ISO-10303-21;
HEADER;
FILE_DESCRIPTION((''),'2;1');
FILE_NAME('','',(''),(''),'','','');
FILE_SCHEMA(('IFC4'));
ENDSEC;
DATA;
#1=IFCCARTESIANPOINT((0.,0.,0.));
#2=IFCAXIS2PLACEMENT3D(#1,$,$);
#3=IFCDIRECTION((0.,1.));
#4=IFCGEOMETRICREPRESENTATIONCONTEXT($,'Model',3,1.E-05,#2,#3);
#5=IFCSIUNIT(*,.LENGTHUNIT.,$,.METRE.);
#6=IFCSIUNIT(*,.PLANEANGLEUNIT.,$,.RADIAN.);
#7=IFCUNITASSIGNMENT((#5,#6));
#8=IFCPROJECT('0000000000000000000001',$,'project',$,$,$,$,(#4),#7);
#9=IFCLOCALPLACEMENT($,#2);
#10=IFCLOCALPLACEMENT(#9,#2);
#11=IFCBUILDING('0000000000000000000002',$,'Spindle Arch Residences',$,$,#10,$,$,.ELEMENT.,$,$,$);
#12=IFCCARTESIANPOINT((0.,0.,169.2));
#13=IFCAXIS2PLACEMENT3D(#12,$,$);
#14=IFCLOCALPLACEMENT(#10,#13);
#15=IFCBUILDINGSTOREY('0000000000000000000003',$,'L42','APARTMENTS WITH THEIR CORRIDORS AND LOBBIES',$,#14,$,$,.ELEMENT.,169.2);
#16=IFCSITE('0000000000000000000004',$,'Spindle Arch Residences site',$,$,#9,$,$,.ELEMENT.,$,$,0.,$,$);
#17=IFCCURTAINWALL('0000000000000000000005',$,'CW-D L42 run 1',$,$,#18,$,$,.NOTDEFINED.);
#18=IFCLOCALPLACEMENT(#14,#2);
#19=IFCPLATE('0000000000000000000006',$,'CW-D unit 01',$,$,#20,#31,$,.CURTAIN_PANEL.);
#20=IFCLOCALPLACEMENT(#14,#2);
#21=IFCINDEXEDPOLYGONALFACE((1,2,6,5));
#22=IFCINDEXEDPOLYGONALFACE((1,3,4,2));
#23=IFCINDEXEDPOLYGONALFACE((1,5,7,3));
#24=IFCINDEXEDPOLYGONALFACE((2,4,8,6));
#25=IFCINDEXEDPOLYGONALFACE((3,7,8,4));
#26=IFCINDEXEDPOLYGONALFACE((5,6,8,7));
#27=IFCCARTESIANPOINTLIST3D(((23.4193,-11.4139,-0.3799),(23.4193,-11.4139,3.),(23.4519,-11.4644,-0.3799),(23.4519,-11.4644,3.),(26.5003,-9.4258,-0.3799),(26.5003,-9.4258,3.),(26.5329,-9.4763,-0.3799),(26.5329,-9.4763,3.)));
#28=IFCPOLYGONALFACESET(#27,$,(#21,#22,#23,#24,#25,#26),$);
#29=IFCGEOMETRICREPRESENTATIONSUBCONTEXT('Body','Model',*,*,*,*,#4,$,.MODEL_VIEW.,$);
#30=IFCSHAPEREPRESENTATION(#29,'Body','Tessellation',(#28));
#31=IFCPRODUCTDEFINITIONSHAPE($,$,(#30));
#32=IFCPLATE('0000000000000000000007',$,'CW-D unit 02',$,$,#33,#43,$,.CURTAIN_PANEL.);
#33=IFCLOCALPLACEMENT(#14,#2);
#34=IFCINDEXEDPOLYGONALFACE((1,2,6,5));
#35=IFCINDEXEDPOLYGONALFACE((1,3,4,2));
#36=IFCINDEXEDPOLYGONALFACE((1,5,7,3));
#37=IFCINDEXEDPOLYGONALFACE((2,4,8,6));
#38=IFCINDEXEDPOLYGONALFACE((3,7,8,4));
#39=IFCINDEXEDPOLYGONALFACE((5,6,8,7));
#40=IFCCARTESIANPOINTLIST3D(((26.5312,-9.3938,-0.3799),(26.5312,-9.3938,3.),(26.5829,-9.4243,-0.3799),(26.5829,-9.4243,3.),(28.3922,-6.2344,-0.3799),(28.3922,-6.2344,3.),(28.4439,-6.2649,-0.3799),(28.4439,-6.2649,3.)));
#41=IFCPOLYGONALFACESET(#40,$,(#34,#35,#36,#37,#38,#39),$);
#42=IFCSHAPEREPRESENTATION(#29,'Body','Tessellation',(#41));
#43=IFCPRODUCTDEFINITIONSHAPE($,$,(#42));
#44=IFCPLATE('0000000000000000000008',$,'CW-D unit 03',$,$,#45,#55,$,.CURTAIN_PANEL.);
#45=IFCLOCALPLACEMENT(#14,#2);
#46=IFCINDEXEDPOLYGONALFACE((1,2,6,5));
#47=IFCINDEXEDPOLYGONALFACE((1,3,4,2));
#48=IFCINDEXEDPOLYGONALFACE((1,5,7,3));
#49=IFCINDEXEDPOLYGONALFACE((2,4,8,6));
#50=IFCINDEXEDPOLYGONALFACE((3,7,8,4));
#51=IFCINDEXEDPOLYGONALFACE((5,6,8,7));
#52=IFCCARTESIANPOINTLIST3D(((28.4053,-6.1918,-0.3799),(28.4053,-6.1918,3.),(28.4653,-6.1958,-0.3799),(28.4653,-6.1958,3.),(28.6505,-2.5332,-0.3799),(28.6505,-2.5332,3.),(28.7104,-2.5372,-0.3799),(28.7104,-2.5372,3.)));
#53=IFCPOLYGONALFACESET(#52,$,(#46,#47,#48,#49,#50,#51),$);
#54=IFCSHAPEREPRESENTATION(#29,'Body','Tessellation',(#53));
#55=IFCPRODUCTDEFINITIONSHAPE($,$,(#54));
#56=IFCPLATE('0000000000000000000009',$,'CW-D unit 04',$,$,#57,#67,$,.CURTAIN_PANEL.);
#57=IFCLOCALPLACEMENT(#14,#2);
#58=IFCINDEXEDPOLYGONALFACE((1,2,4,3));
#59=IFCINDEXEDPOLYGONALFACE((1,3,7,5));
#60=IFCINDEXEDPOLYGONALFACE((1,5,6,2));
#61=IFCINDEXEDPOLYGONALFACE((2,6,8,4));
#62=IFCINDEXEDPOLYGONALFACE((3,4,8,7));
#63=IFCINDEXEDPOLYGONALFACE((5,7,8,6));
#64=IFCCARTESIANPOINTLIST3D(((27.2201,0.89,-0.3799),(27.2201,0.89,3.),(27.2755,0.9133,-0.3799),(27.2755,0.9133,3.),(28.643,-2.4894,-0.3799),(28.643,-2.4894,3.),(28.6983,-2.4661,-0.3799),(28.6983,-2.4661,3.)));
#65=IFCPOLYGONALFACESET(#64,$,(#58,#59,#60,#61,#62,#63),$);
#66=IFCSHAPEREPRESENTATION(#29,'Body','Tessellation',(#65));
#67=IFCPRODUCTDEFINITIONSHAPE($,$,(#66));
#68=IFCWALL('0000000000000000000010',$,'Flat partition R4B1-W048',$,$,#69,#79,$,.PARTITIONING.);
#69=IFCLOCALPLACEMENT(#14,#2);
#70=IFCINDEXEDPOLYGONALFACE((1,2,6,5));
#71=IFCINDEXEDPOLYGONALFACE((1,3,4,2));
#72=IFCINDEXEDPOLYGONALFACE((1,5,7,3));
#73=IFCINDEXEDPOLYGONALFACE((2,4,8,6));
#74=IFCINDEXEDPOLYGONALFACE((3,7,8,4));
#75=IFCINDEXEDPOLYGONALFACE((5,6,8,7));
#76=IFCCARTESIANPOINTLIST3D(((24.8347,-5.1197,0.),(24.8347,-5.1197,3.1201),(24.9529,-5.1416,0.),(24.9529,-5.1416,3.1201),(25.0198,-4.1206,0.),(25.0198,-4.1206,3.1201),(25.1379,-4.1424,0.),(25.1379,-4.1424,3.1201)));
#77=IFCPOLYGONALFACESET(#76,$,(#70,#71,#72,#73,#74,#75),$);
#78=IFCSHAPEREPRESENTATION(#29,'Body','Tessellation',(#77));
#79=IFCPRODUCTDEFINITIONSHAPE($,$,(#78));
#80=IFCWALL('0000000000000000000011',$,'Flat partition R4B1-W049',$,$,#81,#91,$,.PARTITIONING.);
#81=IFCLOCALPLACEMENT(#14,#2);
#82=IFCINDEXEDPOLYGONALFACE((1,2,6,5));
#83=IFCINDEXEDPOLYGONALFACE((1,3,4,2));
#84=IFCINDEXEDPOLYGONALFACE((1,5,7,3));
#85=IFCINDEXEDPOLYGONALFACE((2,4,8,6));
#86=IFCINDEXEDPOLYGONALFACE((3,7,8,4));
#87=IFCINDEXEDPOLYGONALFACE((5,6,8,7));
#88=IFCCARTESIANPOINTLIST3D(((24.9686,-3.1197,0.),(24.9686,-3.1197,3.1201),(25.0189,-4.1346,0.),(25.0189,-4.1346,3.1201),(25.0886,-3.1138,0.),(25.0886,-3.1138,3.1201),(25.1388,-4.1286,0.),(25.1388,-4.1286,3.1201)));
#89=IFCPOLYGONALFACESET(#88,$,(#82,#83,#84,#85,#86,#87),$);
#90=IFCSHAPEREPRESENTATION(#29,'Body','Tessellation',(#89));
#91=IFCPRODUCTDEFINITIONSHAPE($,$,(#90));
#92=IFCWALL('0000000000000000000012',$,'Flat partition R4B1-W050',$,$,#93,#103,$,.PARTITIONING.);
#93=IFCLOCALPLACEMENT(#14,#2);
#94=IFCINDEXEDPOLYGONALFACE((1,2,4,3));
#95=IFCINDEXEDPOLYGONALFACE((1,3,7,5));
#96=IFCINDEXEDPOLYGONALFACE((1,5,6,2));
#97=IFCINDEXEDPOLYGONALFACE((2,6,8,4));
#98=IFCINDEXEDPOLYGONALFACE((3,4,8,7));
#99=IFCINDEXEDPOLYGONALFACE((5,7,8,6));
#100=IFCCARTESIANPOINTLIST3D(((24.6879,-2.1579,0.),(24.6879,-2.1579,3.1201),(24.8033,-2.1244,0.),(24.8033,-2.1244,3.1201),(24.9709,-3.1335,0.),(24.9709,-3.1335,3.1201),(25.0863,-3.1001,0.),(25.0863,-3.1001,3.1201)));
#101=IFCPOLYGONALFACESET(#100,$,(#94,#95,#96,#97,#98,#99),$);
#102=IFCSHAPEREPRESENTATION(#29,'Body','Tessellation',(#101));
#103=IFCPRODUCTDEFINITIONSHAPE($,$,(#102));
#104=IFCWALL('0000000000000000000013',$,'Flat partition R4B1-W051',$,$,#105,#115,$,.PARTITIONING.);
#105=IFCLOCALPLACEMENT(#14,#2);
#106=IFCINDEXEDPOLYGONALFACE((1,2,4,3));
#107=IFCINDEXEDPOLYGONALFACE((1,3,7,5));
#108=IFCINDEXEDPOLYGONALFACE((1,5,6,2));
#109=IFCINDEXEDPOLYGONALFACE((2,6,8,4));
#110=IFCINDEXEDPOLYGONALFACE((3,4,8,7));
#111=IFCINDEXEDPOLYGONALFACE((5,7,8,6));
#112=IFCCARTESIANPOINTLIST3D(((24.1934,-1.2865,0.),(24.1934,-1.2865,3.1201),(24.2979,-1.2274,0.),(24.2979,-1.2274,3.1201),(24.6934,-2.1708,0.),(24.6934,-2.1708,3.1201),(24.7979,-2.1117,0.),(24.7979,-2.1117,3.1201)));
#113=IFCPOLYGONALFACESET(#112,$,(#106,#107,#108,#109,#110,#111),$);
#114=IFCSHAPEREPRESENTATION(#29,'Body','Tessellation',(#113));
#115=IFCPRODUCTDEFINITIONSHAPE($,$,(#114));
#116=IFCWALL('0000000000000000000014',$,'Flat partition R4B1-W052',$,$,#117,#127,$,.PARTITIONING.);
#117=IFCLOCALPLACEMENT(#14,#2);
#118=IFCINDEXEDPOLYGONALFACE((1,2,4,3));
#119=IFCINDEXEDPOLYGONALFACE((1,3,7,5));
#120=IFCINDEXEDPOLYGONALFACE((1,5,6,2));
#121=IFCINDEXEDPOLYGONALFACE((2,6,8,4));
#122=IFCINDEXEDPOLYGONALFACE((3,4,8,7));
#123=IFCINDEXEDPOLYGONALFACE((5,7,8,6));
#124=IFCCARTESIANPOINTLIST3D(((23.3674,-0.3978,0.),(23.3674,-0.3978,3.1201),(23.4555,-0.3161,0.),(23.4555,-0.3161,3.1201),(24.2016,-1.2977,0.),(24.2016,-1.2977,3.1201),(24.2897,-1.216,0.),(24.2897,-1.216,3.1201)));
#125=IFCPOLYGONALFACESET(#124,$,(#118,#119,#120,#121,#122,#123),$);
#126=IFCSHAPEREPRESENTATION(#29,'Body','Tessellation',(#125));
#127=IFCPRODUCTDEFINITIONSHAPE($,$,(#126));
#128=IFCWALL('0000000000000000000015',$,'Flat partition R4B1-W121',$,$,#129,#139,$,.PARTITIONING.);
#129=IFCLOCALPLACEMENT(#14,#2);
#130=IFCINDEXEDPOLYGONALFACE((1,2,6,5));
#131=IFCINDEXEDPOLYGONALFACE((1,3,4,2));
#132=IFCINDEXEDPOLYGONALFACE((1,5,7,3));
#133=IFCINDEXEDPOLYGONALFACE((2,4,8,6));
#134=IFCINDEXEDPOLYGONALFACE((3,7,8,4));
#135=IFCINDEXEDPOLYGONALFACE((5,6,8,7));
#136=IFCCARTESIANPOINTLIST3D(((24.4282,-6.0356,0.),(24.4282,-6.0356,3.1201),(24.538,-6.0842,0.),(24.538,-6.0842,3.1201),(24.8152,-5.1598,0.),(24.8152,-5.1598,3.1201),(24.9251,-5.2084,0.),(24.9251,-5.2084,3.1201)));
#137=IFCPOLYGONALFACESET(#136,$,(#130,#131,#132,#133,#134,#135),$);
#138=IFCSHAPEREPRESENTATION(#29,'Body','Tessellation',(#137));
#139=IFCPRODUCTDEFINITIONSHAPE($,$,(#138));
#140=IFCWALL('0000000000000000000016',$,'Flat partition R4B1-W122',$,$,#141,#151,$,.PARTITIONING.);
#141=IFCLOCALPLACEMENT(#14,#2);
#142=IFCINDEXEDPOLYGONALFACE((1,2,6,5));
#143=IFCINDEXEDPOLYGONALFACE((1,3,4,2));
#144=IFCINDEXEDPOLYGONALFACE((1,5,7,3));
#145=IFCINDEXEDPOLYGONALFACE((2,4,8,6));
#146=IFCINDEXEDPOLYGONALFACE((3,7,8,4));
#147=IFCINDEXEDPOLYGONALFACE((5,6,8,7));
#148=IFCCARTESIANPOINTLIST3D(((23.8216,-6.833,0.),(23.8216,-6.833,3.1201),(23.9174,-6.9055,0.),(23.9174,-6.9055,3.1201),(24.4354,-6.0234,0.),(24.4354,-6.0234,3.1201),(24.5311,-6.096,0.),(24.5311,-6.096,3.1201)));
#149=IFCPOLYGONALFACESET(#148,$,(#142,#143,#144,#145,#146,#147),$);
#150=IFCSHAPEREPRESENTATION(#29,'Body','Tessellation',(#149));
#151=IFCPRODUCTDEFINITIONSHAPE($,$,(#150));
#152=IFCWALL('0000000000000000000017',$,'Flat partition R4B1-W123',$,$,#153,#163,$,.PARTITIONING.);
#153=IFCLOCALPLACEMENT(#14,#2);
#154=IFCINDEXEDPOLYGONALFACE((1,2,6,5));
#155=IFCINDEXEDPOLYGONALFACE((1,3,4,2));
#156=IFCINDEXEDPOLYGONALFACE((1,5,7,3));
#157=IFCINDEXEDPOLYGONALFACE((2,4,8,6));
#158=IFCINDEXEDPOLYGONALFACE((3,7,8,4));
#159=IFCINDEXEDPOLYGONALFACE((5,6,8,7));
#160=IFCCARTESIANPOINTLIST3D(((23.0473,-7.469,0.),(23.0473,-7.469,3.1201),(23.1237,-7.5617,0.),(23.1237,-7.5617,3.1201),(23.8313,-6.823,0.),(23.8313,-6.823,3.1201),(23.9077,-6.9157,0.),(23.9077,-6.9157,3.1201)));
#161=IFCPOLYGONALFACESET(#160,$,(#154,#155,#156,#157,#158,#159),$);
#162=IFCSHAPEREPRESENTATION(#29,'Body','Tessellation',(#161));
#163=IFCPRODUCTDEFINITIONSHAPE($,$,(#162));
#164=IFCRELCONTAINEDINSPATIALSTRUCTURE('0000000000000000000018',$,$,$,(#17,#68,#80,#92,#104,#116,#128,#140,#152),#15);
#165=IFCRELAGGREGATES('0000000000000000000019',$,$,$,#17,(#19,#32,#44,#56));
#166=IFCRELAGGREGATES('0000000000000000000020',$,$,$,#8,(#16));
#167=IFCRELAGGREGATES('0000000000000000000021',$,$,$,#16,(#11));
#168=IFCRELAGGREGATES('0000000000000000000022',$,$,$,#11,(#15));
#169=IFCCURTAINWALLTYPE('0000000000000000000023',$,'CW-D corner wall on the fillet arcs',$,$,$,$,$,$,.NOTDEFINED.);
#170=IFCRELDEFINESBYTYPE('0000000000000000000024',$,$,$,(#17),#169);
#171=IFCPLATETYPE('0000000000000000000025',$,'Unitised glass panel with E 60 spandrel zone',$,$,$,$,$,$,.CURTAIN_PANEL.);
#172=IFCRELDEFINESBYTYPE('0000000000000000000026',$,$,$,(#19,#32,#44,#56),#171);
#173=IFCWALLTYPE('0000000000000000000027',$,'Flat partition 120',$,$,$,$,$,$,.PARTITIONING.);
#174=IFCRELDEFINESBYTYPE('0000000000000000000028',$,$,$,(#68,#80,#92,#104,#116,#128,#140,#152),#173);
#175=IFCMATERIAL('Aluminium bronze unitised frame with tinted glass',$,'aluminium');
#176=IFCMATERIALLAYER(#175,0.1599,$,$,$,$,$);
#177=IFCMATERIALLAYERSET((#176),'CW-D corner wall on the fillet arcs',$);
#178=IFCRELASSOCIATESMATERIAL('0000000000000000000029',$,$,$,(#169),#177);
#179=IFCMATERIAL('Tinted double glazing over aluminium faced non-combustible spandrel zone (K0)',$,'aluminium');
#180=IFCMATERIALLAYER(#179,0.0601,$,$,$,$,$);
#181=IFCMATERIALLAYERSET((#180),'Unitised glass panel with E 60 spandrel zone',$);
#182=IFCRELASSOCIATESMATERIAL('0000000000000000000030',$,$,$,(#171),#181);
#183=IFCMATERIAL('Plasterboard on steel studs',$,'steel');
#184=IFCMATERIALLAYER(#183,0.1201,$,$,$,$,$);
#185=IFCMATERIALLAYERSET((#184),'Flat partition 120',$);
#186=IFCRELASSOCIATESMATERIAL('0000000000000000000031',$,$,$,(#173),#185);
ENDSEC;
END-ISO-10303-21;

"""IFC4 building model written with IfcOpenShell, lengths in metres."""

from ifc_helpers import new_model, si_unit, direction, frame, frame_2d, origin, origin_2d, place, context, subcontext, project, spatial, rectangle, extrude, material, layer, layer_set, type_object, element, aggregate, save


model = new_model("IFC4")

# Units and contexts
model_context = context("Model", 3, precision=1e-05, world=origin(), true_north=direction((0.0, 1.0)))
body_context = subcontext(model_context, "Body", "Model", "MODEL_VIEW")
ifc_project = project(units=[si_unit("LENGTHUNIT", "METRE"), si_unit("PLANEANGLEUNIT", "RADIAN")], contexts=[model_context])

# Site, building, storey
site_placement = place(None, origin())
site = spatial("IfcSite", under=ifc_project, at=site_placement, Name="Spindle Arch Residences site", CompositionType="ELEMENT", RefElevation=0.0)
building_placement = place(site_placement, origin())
building = spatial("IfcBuilding", under=site, at=building_placement, Name="Spindle Arch Residences", CompositionType="ELEMENT")
storey_placement = place(building_placement, frame((0.0, 0.0, 169.2)))
storey = spatial("IfcBuildingStorey", under=building, at=storey_placement, Name="L42", Description="APARTMENTS WITH THEIR CORRIDORS AND LOBBIES", CompositionType="ELEMENT", Elevation=169.2)

# Curtain wall
ifc_material_1 = material(Name="Aluminium bronze unitised frame with tinted glass", Category="aluminium")
ifc_layer_1 = layer(ifc_material_1, 0.1599)
ifc_layer_set_1 = layer_set([ifc_layer_1], Name="CW-D corner wall on the fillet arcs")
curtain_wall_type = type_object("IfcCurtainWallType", Name="CW-D corner wall on the fillet arcs", PredefinedType="NOTDEFINED", material=ifc_layer_set_1)
curtain_wall_placement = place(storey_placement, origin())
curtain_wall = element("IfcCurtainWall", 1, at=curtain_wall_placement, inside=storey, type_object=curtain_wall_type, Name="CW-D L42 run 1", PredefinedType="NOTDEFINED")

# Plates
ifc_material_2 = material(Name="Tinted double glazing over aluminium faced non-combustible spandrel zone (K0)", Category="aluminium")
ifc_layer_2 = layer(ifc_material_2, 0.0601)
ifc_layer_set_2 = layer_set([ifc_layer_2], Name="Unitised glass panel with E 60 spandrel zone")
plate_type = type_object("IfcPlateType", Name="Unitised glass panel with E 60 spandrel zone", PredefinedType="CURTAIN_PANEL", material=ifc_layer_set_2)
plate_1_placement = place(storey_placement, frame((24.9761, -10.4451, -0.3799), z_axis=(0.0, 0.0, 1.0), x_axis=(0.840251, 0.542197, 0.0)))
plate_1 = element("IfcPlate", 2, at=plate_1_placement, type_object=plate_type, Name="CW-D unit 01", PredefinedType="CURTAIN_PANEL", context=body_context, shape_type="SweptSolid", body=[
    extrude(rectangle(XDim=3.6667, YDim=0.0601, at=origin_2d()), origin(), (0.0, 0.0, 1.0), 3.3799),
])
plate_2_placement = place(storey_placement, frame((27.4875, -7.8293, -0.3799), z_axis=(0.0, 0.0, 1.0), x_axis=(0.507538, 0.861629, 0.0)))
plate_2 = element("IfcPlate", 3, at=plate_2_placement, type_object=plate_type, Name="CW-D unit 02", PredefinedType="CURTAIN_PANEL", context=body_context, shape_type="SweptSolid", body=[
    extrude(rectangle(XDim=3.6667, YDim=0.0601, at=origin_2d()), origin(), (0.0, 0.0, 1.0), 3.3799),
])
plate_3_placement = place(storey_placement, frame((28.5579, -4.3645, -0.3799), z_axis=(0.0, 0.0, 1.0), x_axis=(0.066854, 0.997763, 0.0)))
plate_3 = element("IfcPlate", 4, at=plate_3_placement, type_object=plate_type, Name="CW-D unit 03", PredefinedType="CURTAIN_PANEL", context=body_context, shape_type="SweptSolid", body=[
    extrude(rectangle(XDim=3.6667, YDim=0.0601, at=origin_2d()), origin(), (0.0, 0.0, 1.0), 3.3799),
])
plate_4_placement = place(storey_placement, frame((27.9592, -0.7881, -0.3799), z_axis=(0.0, 0.0, 1.0), x_axis=(-0.388052, 0.921638, 0.0)))
plate_4 = element("IfcPlate", 5, at=plate_4_placement, type_object=plate_type, Name="CW-D unit 04", PredefinedType="CURTAIN_PANEL", context=body_context, shape_type="SweptSolid", body=[
    extrude(rectangle(XDim=3.6667, YDim=0.0601, at=origin_2d()), origin(), (0.0, 0.0, 1.0), 3.3799),
])
aggregate(curtain_wall, [plate_1, plate_2, plate_3, plate_4])

# Walls
ifc_material_3 = material(Name="Plasterboard on steel studs", Category="steel")
ifc_layer_3 = layer(ifc_material_3, 0.1201)
ifc_layer_set_3 = layer_set([ifc_layer_3], Name="Flat partition 120")
wall_type = type_object("IfcWallType", Name="Flat partition 120", PredefinedType="PARTITIONING", material=ifc_layer_set_3)
for number, where, z_axis, x_axis, name in (
    (6, (24.8938, -5.1306, 0.0), (0.0, 0.0, 1.0), (0.182141, 0.983272, 0.0), "Flat partition R4B1-W048"),
    (7, (25.0789, -4.1316, 0.0), (0.0, 0.0, 1.0), (-0.049494, 0.998774, 0.0), "Flat partition R4B1-W049"),
):
    element("IfcWall", number, at=place(storey_placement, frame(where, z_axis=z_axis, x_axis=x_axis)), inside=storey, type_object=wall_type, Name=name, PredefinedType="PARTITIONING", context=body_context, shape_type="SweptSolid", body=[
        extrude(rectangle(XDim=1.0161, YDim=0.1201, at=frame_2d((0.5081, 0.0))), origin(), (0.0, 0.0, 1.0), 3.1201),
    ])
for number, where, z_axis, x_axis, name in (
    (8, (25.0286, -3.1167, 0.0), (0.0, 0.0, 1.0), (-0.27856, 0.960419, 0.0), "Flat partition R4B1-W050"),
    (9, (24.7456, -2.1411, 0.0), (0.0, 0.0, 1.0), (-0.4922, 0.870482, 0.0), "Flat partition R4B1-W051"),
):
    element("IfcWall", number, at=place(storey_placement, frame(where, z_axis=z_axis, x_axis=x_axis)), inside=storey, type_object=wall_type, Name=name, PredefinedType="PARTITIONING", context=body_context, shape_type="SweptSolid", body=[
        extrude(rectangle(XDim=1.0159, YDim=0.1201, at=frame_2d((0.5078, 0.0))), origin(), (0.0, 0.0, 1.0), 3.1201),
    ])
wall_1_placement = place(storey_placement, frame((24.2456, -1.2568, 0.0), z_axis=(0.0, 0.0, 1.0), x_axis=(-0.67984, 0.73336, 0.0)))
element("IfcWall", 10, at=wall_1_placement, inside=storey, type_object=wall_type, Name="Flat partition R4B1-W052", PredefinedType="PARTITIONING", context=body_context, shape_type="SweptSolid", body=[
    extrude(rectangle(XDim=1.2271, YDim=0.1201, at=frame_2d((0.6135, 0.0))), origin(), (0.0, 0.0, 1.0), 3.1201),
])
wall_2_placement = place(storey_placement, frame((24.8701, -5.1841, 0.0), z_axis=(0.0, 0.0, 1.0), x_axis=(-0.404174, -0.914682, 0.0)))
element("IfcWall", 11, at=wall_2_placement, inside=storey, type_object=wall_type, Name="Flat partition R4B1-W121", PredefinedType="PARTITIONING", context=body_context, shape_type="SweptSolid", body=[
    extrude(rectangle(XDim=0.9575, YDim=0.1201, at=frame_2d((0.4788, 0.0))), origin(), (0.0, 0.0, 1.0), 3.1201),
])
for number, where, z_axis, x_axis, name in (
    (12, (24.4832, -6.0598, 0.0), (0.0, 0.0, 1.0), (-0.604145, -0.796875, 0.0), "Flat partition R4B1-W122"),
    (13, (23.8694, -6.8694, 0.0), (0.0, 0.0, 1.0), (-0.771736, -0.635943, 0.0), "Flat partition R4B1-W123"),
):
    element("IfcWall", number, at=place(storey_placement, frame(where, z_axis=z_axis, x_axis=x_axis)), inside=storey, type_object=wall_type, Name=name, PredefinedType="PARTITIONING", context=body_context, shape_type="SweptSolid", body=[
        extrude(rectangle(XDim=1.0159, YDim=0.1201, at=frame_2d((0.5078, 0.0))), origin(), (0.0, 0.0, 1.0), 3.1201),
    ])

save(model, "model.ifc")
